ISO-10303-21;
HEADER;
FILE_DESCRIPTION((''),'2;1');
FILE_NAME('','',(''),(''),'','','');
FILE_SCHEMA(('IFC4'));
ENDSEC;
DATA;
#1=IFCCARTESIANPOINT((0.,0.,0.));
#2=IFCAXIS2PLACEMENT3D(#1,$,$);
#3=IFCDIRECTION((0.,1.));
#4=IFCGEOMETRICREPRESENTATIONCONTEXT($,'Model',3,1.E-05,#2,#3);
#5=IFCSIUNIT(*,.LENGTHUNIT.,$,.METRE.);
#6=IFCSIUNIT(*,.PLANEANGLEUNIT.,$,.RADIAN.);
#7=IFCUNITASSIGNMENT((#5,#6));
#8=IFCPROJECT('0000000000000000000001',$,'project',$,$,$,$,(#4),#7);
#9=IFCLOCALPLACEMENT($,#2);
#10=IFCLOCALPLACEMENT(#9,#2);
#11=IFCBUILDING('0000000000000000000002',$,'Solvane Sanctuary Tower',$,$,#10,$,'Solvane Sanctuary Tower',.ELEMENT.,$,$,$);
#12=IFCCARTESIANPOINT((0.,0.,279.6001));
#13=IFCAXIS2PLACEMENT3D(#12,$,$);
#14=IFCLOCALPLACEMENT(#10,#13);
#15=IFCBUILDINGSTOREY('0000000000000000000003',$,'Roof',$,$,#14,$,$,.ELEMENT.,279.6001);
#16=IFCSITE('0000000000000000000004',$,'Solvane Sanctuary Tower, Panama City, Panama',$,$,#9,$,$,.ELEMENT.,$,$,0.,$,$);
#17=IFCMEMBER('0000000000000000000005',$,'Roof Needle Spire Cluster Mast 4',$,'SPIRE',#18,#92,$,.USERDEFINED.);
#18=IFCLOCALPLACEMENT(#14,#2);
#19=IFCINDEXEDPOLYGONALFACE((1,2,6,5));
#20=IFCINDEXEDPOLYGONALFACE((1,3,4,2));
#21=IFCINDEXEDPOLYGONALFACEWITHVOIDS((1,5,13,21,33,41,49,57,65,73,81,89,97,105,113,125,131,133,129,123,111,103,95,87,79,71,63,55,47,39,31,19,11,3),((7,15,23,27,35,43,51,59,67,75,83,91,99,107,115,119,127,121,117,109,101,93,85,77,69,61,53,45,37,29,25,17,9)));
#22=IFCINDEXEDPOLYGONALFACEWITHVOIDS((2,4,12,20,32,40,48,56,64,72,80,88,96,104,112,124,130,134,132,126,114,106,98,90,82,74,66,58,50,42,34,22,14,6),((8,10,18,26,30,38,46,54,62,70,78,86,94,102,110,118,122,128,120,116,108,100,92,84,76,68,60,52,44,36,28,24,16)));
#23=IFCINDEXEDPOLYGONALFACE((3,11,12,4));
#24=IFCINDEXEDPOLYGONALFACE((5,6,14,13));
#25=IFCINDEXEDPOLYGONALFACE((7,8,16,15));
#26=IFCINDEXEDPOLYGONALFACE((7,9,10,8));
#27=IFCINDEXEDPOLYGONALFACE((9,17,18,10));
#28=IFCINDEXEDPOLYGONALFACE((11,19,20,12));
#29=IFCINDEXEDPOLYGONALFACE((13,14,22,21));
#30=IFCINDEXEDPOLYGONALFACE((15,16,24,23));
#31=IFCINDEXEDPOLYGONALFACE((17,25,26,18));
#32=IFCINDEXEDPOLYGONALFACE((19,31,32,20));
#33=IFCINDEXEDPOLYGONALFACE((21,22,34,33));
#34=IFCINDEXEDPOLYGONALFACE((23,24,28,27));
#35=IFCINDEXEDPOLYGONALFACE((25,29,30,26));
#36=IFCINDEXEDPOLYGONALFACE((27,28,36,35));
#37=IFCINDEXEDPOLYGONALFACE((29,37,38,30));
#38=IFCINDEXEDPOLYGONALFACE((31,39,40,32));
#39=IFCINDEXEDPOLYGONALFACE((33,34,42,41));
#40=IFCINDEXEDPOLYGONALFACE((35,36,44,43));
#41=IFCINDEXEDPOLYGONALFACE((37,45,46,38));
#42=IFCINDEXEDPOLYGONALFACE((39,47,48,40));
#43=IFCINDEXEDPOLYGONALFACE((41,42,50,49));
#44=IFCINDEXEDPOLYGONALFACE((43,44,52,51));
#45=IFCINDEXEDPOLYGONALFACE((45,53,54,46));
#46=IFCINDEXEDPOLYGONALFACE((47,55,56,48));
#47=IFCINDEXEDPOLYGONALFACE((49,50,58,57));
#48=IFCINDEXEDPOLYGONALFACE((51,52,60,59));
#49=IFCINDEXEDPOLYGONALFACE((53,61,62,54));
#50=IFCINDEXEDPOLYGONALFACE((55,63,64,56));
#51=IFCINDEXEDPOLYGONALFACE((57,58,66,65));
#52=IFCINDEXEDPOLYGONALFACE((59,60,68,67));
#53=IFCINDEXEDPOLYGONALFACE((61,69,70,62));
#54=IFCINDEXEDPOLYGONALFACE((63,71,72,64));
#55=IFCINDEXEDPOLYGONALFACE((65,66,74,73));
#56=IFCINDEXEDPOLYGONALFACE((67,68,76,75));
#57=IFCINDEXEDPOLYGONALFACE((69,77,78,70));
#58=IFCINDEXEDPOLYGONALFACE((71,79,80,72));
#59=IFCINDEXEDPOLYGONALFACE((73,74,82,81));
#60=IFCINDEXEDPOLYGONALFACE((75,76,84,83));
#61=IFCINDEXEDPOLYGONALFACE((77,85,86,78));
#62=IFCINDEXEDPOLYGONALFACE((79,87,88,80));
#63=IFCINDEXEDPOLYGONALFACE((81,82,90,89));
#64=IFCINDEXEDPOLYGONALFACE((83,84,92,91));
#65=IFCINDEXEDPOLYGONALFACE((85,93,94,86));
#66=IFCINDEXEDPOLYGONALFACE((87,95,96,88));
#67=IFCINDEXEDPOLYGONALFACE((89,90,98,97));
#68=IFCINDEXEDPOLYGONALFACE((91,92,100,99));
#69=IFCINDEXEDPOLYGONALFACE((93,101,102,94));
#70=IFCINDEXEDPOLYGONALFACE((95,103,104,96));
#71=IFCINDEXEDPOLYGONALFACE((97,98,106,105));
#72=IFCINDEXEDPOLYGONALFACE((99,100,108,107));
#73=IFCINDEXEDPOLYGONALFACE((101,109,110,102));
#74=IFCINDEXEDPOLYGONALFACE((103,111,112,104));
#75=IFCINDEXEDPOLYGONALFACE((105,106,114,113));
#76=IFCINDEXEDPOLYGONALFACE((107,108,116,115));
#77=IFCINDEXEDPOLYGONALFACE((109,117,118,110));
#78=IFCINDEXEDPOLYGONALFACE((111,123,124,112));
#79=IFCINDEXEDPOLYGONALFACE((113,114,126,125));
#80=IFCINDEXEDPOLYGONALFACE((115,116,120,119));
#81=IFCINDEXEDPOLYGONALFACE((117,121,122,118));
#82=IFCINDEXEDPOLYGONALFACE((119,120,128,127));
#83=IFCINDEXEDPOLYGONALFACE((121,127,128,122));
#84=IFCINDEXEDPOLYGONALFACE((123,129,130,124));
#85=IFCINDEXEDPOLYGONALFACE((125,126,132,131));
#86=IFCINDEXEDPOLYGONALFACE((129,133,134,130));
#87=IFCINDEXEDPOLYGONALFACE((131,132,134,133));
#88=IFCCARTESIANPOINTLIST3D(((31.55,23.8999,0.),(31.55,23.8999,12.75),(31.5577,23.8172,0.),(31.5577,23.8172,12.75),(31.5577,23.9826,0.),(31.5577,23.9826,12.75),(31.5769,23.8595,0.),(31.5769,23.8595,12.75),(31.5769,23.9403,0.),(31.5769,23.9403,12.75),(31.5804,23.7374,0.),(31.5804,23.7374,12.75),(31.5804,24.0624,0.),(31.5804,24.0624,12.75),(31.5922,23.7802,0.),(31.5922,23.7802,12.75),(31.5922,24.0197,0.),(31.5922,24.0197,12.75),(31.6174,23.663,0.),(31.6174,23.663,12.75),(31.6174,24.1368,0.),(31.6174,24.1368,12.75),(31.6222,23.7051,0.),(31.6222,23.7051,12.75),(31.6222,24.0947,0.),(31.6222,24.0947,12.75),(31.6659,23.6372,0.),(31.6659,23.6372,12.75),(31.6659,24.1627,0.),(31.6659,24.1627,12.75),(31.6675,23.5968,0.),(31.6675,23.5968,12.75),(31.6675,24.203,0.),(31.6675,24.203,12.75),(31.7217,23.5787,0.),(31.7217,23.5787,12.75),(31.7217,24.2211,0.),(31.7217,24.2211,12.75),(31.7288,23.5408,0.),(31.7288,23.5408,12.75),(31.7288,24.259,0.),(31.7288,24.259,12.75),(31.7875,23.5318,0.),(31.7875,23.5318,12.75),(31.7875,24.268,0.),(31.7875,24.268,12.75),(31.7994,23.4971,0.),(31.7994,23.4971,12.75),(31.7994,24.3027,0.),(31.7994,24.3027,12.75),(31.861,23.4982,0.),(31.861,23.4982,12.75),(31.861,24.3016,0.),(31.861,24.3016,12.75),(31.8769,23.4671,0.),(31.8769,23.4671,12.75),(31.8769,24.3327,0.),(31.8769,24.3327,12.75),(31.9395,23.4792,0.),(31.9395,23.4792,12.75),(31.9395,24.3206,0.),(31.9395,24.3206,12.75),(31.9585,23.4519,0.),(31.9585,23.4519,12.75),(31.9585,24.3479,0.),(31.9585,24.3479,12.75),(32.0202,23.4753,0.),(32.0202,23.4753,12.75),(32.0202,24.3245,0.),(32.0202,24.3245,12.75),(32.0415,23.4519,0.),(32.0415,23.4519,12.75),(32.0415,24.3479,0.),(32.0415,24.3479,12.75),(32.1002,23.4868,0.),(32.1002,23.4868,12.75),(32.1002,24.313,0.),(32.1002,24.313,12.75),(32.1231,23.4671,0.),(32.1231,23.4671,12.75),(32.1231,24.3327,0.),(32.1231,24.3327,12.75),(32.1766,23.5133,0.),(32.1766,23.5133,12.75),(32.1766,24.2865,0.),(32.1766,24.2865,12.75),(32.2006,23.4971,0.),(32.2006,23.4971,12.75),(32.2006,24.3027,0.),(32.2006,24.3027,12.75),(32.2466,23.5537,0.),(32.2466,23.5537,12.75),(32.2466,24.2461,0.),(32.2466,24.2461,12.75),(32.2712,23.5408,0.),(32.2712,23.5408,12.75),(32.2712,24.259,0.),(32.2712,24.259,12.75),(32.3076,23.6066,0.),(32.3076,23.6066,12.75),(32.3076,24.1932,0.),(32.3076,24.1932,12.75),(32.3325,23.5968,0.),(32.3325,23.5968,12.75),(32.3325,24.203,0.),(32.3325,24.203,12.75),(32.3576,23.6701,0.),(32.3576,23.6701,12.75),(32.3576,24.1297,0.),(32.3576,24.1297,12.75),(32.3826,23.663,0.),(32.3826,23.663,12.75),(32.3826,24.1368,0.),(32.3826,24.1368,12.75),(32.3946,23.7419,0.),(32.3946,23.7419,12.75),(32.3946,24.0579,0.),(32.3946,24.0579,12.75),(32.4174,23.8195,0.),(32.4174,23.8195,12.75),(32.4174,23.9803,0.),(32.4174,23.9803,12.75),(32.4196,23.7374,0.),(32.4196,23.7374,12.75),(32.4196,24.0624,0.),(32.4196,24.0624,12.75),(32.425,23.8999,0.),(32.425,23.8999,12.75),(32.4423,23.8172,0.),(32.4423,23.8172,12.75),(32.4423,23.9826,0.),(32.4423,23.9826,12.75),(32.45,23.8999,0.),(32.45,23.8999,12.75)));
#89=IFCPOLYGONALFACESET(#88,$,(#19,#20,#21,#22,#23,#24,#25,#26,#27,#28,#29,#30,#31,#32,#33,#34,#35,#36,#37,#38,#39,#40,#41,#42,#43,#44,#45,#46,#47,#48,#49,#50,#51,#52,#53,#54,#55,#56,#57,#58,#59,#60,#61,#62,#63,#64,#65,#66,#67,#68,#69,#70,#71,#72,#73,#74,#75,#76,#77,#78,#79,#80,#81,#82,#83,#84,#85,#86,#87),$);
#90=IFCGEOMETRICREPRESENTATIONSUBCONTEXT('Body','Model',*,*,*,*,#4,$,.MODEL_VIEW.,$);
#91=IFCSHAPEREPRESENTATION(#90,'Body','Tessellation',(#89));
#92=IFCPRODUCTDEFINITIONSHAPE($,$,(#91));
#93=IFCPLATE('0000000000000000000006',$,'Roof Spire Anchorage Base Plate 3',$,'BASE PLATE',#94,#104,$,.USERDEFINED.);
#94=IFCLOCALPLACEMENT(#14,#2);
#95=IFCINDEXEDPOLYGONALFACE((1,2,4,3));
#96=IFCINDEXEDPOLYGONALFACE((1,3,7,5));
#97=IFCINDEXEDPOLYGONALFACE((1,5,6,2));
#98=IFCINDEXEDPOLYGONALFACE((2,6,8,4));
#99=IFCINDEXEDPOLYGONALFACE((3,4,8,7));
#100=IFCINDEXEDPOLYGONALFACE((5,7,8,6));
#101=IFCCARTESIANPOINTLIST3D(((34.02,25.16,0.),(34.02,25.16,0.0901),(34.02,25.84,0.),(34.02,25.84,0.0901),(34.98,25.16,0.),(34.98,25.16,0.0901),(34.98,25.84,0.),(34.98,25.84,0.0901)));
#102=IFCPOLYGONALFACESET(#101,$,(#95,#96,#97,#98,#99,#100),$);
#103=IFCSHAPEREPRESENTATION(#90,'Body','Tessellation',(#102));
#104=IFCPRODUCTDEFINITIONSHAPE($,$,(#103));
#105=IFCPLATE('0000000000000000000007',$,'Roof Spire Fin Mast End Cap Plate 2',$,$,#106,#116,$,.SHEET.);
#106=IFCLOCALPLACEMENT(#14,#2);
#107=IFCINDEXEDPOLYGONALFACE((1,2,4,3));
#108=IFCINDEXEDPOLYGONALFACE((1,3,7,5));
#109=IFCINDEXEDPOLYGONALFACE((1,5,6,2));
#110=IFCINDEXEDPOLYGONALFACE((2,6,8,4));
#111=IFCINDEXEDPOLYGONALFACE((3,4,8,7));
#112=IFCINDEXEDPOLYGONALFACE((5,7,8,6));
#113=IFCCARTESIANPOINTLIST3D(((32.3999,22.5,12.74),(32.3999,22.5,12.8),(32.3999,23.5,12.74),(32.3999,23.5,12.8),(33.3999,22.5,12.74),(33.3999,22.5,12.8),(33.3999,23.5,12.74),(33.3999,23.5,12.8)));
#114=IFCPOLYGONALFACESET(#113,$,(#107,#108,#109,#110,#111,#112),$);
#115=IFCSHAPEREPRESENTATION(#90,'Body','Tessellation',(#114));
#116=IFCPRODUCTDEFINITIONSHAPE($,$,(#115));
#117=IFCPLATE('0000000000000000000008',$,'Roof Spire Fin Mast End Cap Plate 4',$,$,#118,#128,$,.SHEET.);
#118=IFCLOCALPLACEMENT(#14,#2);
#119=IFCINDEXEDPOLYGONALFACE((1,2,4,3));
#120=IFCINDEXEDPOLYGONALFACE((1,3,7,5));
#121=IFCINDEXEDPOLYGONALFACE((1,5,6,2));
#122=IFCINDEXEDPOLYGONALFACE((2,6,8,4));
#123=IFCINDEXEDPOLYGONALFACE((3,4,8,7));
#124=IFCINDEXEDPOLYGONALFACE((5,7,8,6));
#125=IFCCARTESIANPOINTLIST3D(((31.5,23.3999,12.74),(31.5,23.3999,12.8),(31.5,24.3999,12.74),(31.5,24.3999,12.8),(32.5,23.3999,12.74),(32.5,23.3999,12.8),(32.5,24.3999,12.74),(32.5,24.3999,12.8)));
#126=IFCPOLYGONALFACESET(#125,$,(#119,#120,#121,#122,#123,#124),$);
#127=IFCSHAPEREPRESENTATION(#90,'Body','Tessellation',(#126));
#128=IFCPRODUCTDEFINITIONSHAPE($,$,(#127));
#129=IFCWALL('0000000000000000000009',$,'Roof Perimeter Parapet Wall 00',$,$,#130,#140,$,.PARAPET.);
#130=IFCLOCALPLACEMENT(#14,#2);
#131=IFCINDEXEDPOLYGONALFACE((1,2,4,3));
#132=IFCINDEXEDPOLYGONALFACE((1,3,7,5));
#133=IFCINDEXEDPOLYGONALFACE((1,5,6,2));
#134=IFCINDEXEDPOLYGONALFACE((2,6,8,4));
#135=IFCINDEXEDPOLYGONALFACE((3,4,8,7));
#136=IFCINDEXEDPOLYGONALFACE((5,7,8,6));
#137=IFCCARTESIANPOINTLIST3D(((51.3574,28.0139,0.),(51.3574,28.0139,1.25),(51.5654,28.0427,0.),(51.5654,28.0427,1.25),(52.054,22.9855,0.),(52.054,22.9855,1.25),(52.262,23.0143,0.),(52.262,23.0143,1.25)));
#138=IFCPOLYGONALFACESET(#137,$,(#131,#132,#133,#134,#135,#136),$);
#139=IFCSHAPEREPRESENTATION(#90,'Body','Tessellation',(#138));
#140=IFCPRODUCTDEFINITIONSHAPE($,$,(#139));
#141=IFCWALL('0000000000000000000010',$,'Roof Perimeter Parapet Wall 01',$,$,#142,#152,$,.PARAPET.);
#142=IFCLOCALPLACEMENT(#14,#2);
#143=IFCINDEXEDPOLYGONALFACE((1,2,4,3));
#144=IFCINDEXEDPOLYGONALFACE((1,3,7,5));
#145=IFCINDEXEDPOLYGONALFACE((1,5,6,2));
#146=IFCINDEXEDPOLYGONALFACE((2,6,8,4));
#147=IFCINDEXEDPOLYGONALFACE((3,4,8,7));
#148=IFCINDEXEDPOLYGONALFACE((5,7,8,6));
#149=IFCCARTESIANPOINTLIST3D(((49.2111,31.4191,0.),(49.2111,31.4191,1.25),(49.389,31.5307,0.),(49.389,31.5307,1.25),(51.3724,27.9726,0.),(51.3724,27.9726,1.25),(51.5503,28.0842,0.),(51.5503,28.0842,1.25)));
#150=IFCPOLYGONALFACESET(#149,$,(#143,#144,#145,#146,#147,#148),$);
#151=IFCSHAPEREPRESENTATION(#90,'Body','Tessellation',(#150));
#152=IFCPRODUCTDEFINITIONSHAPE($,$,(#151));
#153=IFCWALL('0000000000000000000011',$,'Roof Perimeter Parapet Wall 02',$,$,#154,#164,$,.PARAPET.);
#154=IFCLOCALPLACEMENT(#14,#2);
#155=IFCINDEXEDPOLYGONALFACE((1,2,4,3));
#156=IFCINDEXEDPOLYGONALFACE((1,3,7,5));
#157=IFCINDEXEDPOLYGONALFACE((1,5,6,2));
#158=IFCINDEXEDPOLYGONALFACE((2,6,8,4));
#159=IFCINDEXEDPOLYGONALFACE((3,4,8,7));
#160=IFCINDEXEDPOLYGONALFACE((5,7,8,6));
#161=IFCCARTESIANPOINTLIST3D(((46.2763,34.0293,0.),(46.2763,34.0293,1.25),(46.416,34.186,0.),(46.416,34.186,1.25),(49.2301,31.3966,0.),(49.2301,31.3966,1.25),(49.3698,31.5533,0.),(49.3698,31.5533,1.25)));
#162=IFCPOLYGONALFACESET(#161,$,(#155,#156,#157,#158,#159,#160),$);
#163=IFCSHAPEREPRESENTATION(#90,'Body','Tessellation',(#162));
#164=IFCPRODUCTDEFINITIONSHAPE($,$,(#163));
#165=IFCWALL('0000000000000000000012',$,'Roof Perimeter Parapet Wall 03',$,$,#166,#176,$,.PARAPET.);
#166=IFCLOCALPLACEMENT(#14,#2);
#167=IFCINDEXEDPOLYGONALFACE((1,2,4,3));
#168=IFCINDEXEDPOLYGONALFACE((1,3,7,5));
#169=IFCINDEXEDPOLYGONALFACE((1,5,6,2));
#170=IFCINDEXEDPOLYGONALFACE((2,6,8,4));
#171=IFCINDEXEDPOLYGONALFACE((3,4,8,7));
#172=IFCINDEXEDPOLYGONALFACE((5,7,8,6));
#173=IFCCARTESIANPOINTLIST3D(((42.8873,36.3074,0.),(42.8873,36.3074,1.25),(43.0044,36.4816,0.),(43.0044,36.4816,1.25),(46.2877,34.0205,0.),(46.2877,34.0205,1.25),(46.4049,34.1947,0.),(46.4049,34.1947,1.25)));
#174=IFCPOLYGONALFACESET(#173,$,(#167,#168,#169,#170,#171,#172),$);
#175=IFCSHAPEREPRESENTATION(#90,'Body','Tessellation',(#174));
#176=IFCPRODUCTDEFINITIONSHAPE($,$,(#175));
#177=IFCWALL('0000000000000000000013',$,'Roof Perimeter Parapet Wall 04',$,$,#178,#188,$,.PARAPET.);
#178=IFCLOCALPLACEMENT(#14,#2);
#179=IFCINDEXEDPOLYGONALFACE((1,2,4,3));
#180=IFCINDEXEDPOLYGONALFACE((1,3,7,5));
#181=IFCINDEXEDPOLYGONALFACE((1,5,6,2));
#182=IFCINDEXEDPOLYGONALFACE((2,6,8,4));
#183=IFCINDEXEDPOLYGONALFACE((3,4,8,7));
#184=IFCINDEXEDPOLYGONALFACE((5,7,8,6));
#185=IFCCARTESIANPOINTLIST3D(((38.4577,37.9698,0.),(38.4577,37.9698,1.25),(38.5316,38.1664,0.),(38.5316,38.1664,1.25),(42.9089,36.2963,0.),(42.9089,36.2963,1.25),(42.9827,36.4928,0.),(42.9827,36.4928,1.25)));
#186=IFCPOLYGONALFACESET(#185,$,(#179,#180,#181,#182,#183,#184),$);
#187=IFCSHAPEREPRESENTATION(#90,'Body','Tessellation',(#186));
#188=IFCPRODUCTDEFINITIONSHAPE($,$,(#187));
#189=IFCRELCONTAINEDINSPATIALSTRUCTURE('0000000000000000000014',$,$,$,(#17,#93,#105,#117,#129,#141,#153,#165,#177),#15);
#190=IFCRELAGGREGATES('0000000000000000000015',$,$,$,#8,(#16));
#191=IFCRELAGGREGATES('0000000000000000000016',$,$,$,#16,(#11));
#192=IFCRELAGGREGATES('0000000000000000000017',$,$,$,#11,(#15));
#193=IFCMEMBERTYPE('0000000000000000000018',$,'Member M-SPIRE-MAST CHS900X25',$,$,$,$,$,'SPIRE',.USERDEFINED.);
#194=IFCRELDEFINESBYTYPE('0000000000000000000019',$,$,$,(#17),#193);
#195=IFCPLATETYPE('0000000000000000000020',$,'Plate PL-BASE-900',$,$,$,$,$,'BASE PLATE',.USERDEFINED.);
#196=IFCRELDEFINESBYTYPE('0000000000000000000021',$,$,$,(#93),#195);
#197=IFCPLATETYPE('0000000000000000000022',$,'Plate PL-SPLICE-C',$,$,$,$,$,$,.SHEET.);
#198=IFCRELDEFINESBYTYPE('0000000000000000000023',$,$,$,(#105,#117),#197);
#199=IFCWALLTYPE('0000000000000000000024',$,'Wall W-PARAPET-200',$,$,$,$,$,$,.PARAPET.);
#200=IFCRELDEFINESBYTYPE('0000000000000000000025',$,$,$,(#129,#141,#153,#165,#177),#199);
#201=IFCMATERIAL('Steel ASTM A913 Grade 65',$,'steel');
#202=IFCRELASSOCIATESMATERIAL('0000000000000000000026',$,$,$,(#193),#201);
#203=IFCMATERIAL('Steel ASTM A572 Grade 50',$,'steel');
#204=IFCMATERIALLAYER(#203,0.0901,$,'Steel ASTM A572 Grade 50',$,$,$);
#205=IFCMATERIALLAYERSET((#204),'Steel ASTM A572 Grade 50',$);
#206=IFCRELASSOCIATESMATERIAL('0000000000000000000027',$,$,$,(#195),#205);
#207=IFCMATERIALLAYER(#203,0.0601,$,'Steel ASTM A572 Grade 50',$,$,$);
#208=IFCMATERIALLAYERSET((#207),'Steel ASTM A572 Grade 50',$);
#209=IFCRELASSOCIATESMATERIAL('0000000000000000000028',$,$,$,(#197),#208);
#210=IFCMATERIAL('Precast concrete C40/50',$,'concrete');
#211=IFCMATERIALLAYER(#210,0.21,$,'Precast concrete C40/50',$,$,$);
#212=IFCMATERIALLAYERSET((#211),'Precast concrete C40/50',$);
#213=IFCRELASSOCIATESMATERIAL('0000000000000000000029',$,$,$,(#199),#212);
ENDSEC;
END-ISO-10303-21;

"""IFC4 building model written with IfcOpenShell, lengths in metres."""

from ifc_helpers import new_model, si_unit, direction, frame, frame_2d, origin, origin_2d, place, context, subcontext, project, spatial, rectangle, hollow_circle, extrude, material, layer, layer_set, material_profile, profile_set, type_object, element, save


model = new_model("IFC4")

# Units and contexts
model_context = context("Model", 3, precision=1e-05, world=origin(), true_north=direction((0.0, 1.0)))
body_context = subcontext(model_context, "Body", "Model", "MODEL_VIEW")
ifc_project = project(units=[si_unit("LENGTHUNIT", "METRE"), si_unit("PLANEANGLEUNIT", "RADIAN")], contexts=[model_context])

# Site, building, storey
site_placement = place(None, origin())
site = spatial("IfcSite", under=ifc_project, at=site_placement, Name="Solvane Sanctuary Tower, Panama City, Panama", CompositionType="ELEMENT", RefElevation=0.0)
building_placement = place(site_placement, origin())
building = spatial("IfcBuilding", under=site, at=building_placement, Name="Solvane Sanctuary Tower", LongName="Solvane Sanctuary Tower", CompositionType="ELEMENT")
storey_placement = place(building_placement, frame((0.0, 0.0, 279.6001)))
storey = spatial("IfcBuildingStorey", under=building, at=storey_placement, Name="Roof", CompositionType="ELEMENT", Elevation=279.6001)

# Shared definitions
ifc_material_1 = material(Name="Steel ASTM A913 Grade 65", Category="steel")

# Member
ifc_material_profile_1 = material_profile(ifc_material_1, hollow_circle(Radius=0.45, WallThickness=0.0249, at=origin_2d()), Name="CHS900X25")
ifc_profile_set_1 = profile_set([ifc_material_profile_1], Name="Steel ASTM A913 Grade 65")
member_type_1 = type_object("IfcMemberType", Name="Member M-SPIRE-MAST CHS900X25", ElementType="SPIRE", PredefinedType="USERDEFINED", material=ifc_profile_set_1)
for number, where, z_axis, x_axis, name in (
    (1, (32.0, 23.8999, 0.0), (0.0, 0.0, 1.0), (1.0, 0.0, 0.0), "Roof Needle Spire Cluster Mast 4"),
):
    element("IfcMember", number, at=place(storey_placement, frame(where, z_axis=z_axis, x_axis=x_axis)), inside=storey, type_object=member_type_1, Name=name, ObjectType="SPIRE", PredefinedType="USERDEFINED", context=body_context, shape_type="SweptSolid", body=[
        extrude(hollow_circle(Radius=0.45, WallThickness=0.0249, at=origin_2d()), origin(), (0.0, 0.0, 1.0), 12.75),
    ])

# Plates
ifc_material_2 = material(Name="Steel ASTM A572 Grade 50", Category="steel")
ifc_layer_1 = layer(ifc_material_2, 0.0901, Name="Steel ASTM A572 Grade 50")
ifc_layer_set_1 = layer_set([ifc_layer_1], Name="Steel ASTM A572 Grade 50")
plate_type_1 = type_object("IfcPlateType", Name="Plate PL-BASE-900", ElementType="BASE PLATE", PredefinedType="USERDEFINED", material=ifc_layer_set_1)
plate_placement = place(storey_placement, frame((34.5, 25.5, 0.0), z_axis=(0.0, 0.0, 1.0), x_axis=(1.0, 0.0, 0.0)))
element("IfcPlate", 2, at=plate_placement, inside=storey, type_object=plate_type_1, Name="Roof Spire Anchorage Base Plate 3", ObjectType="BASE PLATE", PredefinedType="USERDEFINED", context=body_context, shape_type="SweptSolid", body=[
    extrude(rectangle(XDim=0.96, YDim=0.6799, at=origin_2d()), origin(), (0.0, 0.0, 1.0), 0.0901),
])
ifc_layer_2 = layer(ifc_material_2, 0.0601, Name="Steel ASTM A572 Grade 50")
ifc_layer_set_2 = layer_set([ifc_layer_2], Name="Steel ASTM A572 Grade 50")
plate_type_2 = type_object("IfcPlateType", Name="Plate PL-SPLICE-C", PredefinedType="SHEET", material=ifc_layer_set_2)
for number, where, z_axis, x_axis, name in (
    (3, (32.8999, 23.0, 12.74), (0.0, 0.0, 1.0), (1.0, 0.0, 0.0), "Roof Spire Fin Mast End Cap Plate 2"),
    (4, (32.0, 23.8999, 12.74), (0.0, 0.0, 1.0), (1.0, 0.0, 0.0), "Roof Spire Fin Mast End Cap Plate 4"),
):
    element("IfcPlate", number, at=place(storey_placement, frame(where, z_axis=z_axis, x_axis=x_axis)), inside=storey, type_object=plate_type_2, Name=name, PredefinedType="SHEET", context=body_context, shape_type="SweptSolid", body=[
        extrude(rectangle(XDim=1.0, YDim=1.0, at=origin_2d()), origin(), (0.0, 0.0, 1.0), 0.0601),
    ])

# Walls
ifc_material_3 = material(Name="Precast concrete C40/50", Category="concrete")
ifc_layer_3 = layer(ifc_material_3, 0.21, Name="Precast concrete C40/50")
ifc_layer_set_3 = layer_set([ifc_layer_3], Name="Precast concrete C40/50")
wall_type = type_object("IfcWallType", Name="Wall W-PARAPET-200", PredefinedType="PARAPET", material=ifc_layer_set_3)
wall_1_placement = place(storey_placement, frame((52.158, 23.0, 0.0), z_axis=(0.0, 0.0, 1.0), x_axis=(-0.137212, 0.990542, 0.0)))
element("IfcWall", 5, at=wall_1_placement, inside=storey, type_object=wall_type, Name="Roof Perimeter Parapet Wall 00", PredefinedType="PARAPET", context=body_context, shape_type="SweptSolid", body=[
    extrude(rectangle(XDim=5.0764, YDim=0.21, at=frame_2d((2.5381, 0.0))), origin(), (0.0, 0.0, 1.0), 1.25),
])
wall_2_placement = place(storey_placement, frame((51.4614, 28.0283, 0.0), z_axis=(0.0, 0.0, 1.0), x_axis=(-0.531288, 0.847192, 0.0)))
element("IfcWall", 6, at=wall_2_placement, inside=storey, type_object=wall_type, Name="Roof Perimeter Parapet Wall 01", PredefinedType="PARAPET", context=body_context, shape_type="SweptSolid", body=[
    extrude(rectangle(XDim=4.0681, YDim=0.21, at=frame_2d((2.0342, 0.0))), origin(), (0.0, 0.0, 1.0), 1.25),
])
wall_3_placement = place(storey_placement, frame((49.3, 31.4749, 0.0), z_axis=(0.0, 0.0, 1.0), x_axis=(-0.74651, 0.665374, 0.0)))
element("IfcWall", 7, at=wall_3_placement, inside=storey, type_object=wall_type, Name="Roof Perimeter Parapet Wall 02", PredefinedType="PARAPET", context=body_context, shape_type="SweptSolid", body=[
    extrude(rectangle(XDim=3.9568, YDim=0.21, at=frame_2d((1.9785, 0.0))), origin(), (0.0, 0.0, 1.0), 1.25),
])
wall_4_placement = place(storey_placement, frame((46.3462, 34.1077, 0.0), z_axis=(0.0, 0.0, 1.0), x_axis=(-0.829798, 0.558064, 0.0)))
element("IfcWall", 8, at=wall_4_placement, inside=storey, type_object=wall_type, Name="Roof Perimeter Parapet Wall 03", PredefinedType="PARAPET", context=body_context, shape_type="SweptSolid", body=[
    extrude(rectangle(XDim=4.0979, YDim=0.21, at=frame_2d((2.0488, 0.0))), origin(), (0.0, 0.0, 1.0), 1.25),
])
wall_5_placement = place(storey_placement, frame((42.9458, 36.3945, 0.0), z_axis=(0.0, 0.0, 1.0), x_axis=(-0.936025, 0.351933, 0.0)))
element("IfcWall", 9, at=wall_5_placement, inside=storey, type_object=wall_type, Name="Roof Perimeter Parapet Wall 04", PredefinedType="PARAPET", context=body_context, shape_type="SweptSolid", body=[
    extrude(rectangle(XDim=4.7554, YDim=0.21, at=frame_2d((2.3777, 0.0))), origin(), (0.0, 0.0, 1.0), 1.25),
])

save(model, "model.ifc")
